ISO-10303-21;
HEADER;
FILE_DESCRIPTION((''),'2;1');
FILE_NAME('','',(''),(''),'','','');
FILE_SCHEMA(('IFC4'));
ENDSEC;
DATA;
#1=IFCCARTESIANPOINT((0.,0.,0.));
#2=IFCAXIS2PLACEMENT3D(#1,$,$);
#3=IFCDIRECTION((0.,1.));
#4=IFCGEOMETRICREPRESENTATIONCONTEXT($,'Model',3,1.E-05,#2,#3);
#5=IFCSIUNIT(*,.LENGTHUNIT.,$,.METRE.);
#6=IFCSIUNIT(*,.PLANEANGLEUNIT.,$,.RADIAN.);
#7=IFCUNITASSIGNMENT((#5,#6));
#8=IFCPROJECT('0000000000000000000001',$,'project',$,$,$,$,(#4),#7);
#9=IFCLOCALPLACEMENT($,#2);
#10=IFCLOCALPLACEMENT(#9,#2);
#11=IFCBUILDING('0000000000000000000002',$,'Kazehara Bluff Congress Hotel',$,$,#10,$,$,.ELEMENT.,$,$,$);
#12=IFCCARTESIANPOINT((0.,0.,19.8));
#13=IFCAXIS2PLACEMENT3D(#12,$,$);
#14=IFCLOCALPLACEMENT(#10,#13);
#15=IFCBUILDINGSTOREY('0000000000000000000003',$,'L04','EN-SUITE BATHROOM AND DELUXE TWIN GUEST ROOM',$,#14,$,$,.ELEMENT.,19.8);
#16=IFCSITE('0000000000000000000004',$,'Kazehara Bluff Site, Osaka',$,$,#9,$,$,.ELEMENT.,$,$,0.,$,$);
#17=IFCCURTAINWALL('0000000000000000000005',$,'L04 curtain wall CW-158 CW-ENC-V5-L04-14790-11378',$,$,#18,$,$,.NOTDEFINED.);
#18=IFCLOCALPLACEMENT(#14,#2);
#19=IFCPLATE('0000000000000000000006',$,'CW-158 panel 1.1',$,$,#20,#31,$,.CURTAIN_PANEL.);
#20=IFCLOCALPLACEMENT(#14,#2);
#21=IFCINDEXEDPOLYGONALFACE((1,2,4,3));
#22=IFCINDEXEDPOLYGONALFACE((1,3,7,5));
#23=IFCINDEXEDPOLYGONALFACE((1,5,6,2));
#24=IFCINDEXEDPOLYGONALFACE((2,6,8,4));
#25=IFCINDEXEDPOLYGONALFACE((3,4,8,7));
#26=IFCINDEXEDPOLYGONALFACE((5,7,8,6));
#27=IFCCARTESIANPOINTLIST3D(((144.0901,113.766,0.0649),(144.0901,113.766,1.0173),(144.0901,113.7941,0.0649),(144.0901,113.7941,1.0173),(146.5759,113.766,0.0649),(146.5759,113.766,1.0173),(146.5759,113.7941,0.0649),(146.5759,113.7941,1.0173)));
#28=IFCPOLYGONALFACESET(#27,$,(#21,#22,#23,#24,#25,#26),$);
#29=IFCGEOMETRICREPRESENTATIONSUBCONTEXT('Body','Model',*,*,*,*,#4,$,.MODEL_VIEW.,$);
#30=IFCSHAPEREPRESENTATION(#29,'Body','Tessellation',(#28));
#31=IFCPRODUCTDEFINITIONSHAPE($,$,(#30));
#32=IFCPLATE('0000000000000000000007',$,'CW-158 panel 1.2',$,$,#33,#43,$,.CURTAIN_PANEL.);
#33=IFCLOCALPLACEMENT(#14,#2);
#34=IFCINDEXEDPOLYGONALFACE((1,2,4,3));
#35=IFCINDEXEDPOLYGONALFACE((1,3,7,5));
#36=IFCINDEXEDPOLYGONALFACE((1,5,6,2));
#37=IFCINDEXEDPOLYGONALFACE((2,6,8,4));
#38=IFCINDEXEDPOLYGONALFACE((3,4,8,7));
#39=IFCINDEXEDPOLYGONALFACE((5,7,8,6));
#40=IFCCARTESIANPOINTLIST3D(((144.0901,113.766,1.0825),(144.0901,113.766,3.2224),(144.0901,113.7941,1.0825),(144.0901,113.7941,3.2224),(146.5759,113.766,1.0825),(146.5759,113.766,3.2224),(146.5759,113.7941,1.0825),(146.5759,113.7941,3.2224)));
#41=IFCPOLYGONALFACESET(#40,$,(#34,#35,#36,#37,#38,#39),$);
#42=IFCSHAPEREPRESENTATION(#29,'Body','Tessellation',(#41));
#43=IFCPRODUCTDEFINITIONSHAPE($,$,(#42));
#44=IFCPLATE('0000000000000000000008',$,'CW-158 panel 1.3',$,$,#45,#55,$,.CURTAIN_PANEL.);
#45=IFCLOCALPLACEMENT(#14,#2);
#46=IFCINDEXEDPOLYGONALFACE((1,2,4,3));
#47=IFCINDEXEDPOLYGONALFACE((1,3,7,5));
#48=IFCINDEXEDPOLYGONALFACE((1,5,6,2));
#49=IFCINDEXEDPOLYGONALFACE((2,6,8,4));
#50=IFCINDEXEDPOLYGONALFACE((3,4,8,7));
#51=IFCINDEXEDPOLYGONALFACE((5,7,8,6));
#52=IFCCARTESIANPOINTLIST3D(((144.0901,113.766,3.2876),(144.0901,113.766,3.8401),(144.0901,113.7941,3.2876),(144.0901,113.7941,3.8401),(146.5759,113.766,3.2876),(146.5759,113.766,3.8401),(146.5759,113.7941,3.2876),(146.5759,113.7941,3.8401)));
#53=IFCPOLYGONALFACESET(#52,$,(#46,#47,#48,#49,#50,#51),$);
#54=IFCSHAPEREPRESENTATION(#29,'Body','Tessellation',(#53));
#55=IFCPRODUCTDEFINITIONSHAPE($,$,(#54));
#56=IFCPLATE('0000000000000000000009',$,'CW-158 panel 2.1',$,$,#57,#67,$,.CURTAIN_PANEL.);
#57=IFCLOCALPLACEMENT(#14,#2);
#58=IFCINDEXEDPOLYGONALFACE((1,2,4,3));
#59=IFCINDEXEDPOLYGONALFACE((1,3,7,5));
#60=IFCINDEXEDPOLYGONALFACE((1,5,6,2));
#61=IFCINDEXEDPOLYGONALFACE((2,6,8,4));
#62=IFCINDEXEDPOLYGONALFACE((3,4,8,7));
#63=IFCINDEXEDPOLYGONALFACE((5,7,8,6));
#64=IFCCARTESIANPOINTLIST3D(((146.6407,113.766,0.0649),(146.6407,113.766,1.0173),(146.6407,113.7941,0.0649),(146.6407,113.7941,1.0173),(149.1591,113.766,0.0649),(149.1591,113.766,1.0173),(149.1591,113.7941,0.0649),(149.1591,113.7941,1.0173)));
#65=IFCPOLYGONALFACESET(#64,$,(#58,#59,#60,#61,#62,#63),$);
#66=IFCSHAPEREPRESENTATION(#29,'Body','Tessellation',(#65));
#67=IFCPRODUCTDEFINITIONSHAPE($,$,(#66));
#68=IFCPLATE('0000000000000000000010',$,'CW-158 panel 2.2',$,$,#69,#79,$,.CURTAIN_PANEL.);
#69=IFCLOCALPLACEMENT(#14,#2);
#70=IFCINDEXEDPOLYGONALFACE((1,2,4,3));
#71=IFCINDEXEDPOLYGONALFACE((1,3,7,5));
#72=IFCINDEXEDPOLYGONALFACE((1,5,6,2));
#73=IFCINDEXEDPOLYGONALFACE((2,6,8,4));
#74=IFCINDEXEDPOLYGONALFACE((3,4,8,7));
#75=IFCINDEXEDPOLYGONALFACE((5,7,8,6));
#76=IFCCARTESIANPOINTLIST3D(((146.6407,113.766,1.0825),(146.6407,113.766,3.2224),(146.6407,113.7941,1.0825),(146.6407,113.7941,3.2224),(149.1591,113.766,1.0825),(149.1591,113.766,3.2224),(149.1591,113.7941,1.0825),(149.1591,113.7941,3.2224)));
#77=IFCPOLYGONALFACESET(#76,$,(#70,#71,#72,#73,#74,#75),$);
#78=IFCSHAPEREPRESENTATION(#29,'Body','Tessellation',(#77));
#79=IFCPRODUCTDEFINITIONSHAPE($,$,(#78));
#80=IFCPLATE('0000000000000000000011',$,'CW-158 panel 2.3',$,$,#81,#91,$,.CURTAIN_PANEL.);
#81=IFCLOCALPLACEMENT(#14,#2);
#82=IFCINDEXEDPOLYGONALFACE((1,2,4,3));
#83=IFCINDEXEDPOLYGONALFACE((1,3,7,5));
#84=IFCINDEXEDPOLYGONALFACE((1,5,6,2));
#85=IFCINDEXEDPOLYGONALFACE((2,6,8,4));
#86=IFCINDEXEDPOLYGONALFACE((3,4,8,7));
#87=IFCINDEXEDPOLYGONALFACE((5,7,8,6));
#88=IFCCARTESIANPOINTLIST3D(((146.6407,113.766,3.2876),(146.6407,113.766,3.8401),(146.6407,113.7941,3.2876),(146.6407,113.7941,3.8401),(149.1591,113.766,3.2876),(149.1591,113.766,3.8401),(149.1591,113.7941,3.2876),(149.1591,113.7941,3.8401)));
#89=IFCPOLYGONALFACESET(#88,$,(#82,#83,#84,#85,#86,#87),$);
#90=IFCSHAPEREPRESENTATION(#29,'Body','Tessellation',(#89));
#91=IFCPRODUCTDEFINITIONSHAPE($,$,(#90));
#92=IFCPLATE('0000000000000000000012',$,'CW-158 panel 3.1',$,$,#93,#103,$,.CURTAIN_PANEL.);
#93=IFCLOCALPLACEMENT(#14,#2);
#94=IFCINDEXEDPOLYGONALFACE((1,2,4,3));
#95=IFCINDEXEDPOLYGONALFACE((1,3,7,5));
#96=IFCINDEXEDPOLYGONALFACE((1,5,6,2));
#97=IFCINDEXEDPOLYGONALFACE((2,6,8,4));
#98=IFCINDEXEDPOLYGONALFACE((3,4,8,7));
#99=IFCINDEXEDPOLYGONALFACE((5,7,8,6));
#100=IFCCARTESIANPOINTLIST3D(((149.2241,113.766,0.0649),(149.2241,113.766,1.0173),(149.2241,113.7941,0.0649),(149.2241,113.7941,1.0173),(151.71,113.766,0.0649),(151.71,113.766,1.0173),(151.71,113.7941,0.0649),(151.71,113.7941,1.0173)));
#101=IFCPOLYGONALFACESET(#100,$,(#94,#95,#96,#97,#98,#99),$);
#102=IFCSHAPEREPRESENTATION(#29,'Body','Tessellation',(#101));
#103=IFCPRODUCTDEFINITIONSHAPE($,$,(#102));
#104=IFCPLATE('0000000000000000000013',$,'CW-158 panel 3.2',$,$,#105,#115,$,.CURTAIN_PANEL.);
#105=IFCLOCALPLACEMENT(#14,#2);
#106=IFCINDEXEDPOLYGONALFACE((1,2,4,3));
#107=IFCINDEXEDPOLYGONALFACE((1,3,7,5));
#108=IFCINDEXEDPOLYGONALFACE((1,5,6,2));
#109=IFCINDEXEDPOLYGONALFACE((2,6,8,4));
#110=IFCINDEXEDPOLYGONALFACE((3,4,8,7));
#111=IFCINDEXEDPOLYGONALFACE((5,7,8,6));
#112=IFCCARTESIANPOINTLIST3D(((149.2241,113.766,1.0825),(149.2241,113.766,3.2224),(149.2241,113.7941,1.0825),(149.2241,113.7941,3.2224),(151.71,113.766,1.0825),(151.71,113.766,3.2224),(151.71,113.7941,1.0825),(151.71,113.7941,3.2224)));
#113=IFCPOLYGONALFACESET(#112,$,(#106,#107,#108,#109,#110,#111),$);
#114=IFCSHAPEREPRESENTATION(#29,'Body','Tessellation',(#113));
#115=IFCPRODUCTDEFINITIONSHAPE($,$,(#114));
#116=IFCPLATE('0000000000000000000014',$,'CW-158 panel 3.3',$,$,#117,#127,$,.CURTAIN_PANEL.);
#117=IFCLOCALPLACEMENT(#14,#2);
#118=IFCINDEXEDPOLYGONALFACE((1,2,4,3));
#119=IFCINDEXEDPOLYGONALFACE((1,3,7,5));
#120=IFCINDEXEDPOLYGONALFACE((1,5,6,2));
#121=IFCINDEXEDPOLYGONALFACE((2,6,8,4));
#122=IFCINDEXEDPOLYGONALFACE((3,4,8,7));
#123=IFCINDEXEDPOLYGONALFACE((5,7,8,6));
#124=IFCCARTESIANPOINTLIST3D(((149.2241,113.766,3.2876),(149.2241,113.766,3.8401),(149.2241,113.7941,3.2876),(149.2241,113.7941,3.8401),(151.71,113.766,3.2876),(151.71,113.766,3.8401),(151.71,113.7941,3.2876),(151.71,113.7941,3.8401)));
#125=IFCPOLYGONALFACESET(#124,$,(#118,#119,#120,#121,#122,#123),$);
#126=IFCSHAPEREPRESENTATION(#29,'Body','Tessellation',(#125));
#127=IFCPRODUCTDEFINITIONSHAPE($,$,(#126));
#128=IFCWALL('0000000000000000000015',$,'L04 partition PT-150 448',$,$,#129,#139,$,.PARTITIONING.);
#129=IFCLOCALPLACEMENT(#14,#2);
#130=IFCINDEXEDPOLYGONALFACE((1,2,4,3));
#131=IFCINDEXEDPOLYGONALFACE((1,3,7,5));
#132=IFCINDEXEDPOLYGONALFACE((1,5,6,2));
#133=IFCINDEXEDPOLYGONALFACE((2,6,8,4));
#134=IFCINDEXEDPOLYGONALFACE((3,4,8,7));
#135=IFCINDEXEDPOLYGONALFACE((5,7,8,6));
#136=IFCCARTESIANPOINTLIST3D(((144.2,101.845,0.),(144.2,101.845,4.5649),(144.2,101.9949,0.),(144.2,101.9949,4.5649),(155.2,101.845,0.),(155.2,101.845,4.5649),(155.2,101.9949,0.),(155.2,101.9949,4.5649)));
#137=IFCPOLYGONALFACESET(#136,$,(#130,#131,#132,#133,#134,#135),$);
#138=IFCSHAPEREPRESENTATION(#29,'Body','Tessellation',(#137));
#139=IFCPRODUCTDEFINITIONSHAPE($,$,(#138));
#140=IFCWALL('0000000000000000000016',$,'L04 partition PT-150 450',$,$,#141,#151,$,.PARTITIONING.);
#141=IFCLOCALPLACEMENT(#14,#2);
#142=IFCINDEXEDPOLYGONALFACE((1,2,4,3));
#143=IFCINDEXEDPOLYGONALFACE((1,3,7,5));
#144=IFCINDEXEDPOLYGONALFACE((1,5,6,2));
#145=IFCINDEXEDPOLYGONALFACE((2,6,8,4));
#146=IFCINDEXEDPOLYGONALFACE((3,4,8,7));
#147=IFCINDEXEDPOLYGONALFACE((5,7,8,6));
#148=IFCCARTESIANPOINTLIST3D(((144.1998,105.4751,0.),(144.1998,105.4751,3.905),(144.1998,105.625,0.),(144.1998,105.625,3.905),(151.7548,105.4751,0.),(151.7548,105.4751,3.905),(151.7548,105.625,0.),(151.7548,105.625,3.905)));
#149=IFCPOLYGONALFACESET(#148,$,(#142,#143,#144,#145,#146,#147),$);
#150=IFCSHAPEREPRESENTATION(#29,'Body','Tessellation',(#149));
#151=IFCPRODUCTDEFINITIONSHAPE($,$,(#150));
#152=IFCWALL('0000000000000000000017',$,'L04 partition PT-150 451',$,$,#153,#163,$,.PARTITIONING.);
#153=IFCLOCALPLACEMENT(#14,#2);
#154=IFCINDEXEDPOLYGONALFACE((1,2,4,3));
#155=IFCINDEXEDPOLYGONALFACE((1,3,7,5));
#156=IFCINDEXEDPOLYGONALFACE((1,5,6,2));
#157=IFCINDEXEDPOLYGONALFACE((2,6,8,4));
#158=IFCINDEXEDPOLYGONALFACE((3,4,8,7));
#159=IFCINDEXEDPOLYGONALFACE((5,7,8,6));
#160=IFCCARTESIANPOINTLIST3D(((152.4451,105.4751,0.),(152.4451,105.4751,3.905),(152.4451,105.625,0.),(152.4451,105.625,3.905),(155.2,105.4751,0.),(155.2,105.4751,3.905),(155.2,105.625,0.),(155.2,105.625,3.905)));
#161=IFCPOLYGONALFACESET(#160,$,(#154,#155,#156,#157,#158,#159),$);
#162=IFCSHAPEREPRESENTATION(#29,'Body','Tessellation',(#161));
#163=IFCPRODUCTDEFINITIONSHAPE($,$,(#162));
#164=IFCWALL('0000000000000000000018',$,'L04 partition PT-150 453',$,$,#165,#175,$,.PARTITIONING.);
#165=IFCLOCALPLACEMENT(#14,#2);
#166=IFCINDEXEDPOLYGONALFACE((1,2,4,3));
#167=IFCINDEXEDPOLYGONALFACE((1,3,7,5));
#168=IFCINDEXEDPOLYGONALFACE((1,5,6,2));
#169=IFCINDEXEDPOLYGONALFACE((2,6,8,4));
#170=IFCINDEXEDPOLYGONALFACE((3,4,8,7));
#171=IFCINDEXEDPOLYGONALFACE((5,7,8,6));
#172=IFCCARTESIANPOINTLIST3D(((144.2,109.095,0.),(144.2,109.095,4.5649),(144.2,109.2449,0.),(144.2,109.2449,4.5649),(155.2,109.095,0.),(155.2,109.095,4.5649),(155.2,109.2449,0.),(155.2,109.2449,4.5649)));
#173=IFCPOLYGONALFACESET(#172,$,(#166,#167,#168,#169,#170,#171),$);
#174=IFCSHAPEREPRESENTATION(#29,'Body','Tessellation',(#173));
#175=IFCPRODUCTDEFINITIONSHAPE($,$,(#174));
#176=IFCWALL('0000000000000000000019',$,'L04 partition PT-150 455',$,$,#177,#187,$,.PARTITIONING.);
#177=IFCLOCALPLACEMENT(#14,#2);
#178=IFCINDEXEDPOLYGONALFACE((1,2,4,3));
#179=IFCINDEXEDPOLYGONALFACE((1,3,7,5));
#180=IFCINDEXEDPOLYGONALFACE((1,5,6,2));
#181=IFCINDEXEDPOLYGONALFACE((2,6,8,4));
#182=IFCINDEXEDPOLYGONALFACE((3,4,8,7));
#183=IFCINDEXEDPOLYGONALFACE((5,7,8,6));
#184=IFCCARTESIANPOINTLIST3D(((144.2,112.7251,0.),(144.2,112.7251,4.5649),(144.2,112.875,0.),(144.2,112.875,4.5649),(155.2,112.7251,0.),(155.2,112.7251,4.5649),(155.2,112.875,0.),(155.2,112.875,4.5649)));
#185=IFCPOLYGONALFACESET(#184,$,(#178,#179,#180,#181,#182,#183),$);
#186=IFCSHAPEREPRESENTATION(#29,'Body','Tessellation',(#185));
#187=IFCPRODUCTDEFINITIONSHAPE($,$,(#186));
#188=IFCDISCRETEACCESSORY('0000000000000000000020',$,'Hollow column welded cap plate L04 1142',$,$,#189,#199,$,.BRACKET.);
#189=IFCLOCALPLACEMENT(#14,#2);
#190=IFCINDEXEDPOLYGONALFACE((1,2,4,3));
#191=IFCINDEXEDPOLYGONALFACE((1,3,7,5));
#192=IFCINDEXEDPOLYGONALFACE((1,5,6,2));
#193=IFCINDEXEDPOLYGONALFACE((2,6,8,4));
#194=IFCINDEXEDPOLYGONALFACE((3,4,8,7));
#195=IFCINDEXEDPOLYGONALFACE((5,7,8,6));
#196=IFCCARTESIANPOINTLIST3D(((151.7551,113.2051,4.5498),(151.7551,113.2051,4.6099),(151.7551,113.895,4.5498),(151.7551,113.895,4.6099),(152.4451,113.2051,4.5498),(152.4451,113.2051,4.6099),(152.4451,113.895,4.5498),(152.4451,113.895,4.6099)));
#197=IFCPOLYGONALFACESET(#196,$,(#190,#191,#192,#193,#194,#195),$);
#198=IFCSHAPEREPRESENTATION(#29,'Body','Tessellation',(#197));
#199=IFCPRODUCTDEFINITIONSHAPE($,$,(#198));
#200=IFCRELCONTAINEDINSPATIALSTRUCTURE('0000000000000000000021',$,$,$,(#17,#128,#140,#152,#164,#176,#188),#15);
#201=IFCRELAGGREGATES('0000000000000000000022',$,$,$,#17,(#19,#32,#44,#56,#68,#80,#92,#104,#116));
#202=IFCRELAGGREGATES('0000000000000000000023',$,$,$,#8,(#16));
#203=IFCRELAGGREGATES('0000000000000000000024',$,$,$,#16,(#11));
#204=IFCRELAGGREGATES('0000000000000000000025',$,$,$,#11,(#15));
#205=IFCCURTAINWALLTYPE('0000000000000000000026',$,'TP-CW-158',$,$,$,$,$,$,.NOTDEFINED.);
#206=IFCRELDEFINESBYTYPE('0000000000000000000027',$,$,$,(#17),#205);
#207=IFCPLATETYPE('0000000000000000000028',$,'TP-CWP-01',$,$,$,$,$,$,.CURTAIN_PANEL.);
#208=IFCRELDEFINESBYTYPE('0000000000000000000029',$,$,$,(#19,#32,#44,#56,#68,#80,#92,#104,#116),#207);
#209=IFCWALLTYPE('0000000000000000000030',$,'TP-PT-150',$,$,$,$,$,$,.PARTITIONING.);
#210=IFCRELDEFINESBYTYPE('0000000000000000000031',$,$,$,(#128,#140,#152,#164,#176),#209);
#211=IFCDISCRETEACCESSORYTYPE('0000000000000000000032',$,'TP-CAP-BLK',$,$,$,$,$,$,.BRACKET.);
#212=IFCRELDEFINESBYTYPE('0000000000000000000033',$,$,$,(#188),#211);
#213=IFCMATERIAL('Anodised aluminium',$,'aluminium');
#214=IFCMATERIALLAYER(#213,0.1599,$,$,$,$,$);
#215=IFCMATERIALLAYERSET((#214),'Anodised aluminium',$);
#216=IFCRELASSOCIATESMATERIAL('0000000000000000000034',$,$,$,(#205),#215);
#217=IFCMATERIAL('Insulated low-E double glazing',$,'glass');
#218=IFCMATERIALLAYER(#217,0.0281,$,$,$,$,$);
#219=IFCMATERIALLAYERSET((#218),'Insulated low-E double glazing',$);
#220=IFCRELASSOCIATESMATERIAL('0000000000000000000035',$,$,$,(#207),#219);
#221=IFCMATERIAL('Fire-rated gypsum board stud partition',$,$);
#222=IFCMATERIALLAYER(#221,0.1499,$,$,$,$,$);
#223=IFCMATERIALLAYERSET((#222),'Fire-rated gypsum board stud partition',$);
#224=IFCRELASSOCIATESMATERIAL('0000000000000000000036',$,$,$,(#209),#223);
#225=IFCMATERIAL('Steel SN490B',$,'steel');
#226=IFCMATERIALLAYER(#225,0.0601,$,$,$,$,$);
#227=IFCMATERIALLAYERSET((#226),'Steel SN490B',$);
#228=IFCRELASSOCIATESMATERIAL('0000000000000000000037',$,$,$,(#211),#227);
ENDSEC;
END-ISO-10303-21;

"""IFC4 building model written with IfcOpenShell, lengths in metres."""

from ifc_helpers import new_model, si_unit, direction, frame, frame_2d, origin, origin_2d, place, context, subcontext, project, spatial, rectangle, extrude, material, layer, layer_set, type_object, element, aggregate, save


model = new_model("IFC4")

# Units and contexts
model_context = context("Model", 3, precision=1e-05, world=origin(), true_north=direction((0.0, 1.0)))
body_context = subcontext(model_context, "Body", "Model", "MODEL_VIEW")
ifc_project = project(units=[si_unit("LENGTHUNIT", "METRE"), si_unit("PLANEANGLEUNIT", "RADIAN")], contexts=[model_context])

# Site, building, storey
site_placement = place(None, origin())
site = spatial("IfcSite", under=ifc_project, at=site_placement, Name="Kazehara Bluff Site, Osaka", CompositionType="ELEMENT", RefElevation=0.0)
building_placement = place(site_placement, origin())
building = spatial("IfcBuilding", under=site, at=building_placement, Name="Kazehara Bluff Congress Hotel", CompositionType="ELEMENT")
storey_placement = place(building_placement, frame((0.0, 0.0, 19.8)))
storey = spatial("IfcBuildingStorey", under=building, at=storey_placement, Name="L04", Description="EN-SUITE BATHROOM AND DELUXE TWIN GUEST ROOM", CompositionType="ELEMENT", Elevation=19.8)

# Curtain wall
ifc_material_1 = material(Name="Anodised aluminium", Category="aluminium")
ifc_layer_1 = layer(ifc_material_1, 0.1599)
ifc_layer_set_1 = layer_set([ifc_layer_1], Name="Anodised aluminium")
curtain_wall_type = type_object("IfcCurtainWallType", Name="TP-CW-158", PredefinedType="NOTDEFINED", material=ifc_layer_set_1)
curtain_wall_1_placement = place(storey_placement, origin())
curtain_wall_1 = element("IfcCurtainWall", 1, at=curtain_wall_1_placement, inside=storey, type_object=curtain_wall_type, Name="L04 curtain wall CW-158 CW-ENC-V5-L04-14790-11378", PredefinedType="NOTDEFINED")

# Plates
ifc_material_2 = material(Name="Insulated low-E double glazing", Category="glass")
ifc_layer_2 = layer(ifc_material_2, 0.0281)
ifc_layer_set_2 = layer_set([ifc_layer_2], Name="Insulated low-E double glazing")
plate_type = type_object("IfcPlateType", Name="TP-CWP-01", PredefinedType="CURTAIN_PANEL", material=ifc_layer_set_2)
plate_1_placement = place(storey_placement, frame((145.333, 113.78, 0.0649), z_axis=(0.0, 0.0, 1.0), x_axis=(1.0, 0.0, 0.0)))
plate_1 = element("IfcPlate", 2, at=plate_1_placement, type_object=plate_type, Name="CW-158 panel 1.1", PredefinedType="CURTAIN_PANEL", context=body_context, shape_type="SweptSolid", body=[
    extrude(rectangle(XDim=2.4858, YDim=0.0281, at=origin_2d()), origin(), (0.0, 0.0, 1.0), 0.9524),
])
plate_2_placement = place(storey_placement, frame((145.333, 113.78, 1.0825), z_axis=(0.0, 0.0, 1.0), x_axis=(1.0, 0.0, 0.0)))
plate_2 = element("IfcPlate", 3, at=plate_2_placement, type_object=plate_type, Name="CW-158 panel 1.2", PredefinedType="CURTAIN_PANEL", context=body_context, shape_type="SweptSolid", body=[
    extrude(rectangle(XDim=2.4858, YDim=0.0281, at=origin_2d()), origin(), (0.0, 0.0, 1.0), 2.1399),
])
plate_3_placement = place(storey_placement, frame((145.333, 113.78, 3.2876), z_axis=(0.0, 0.0, 1.0), x_axis=(1.0, 0.0, 0.0)))
plate_3 = element("IfcPlate", 4, at=plate_3_placement, type_object=plate_type, Name="CW-158 panel 1.3", PredefinedType="CURTAIN_PANEL", context=body_context, shape_type="SweptSolid", body=[
    extrude(rectangle(XDim=2.4858, YDim=0.0281, at=origin_2d()), origin(), (0.0, 0.0, 1.0), 0.5525),
])
plate_4_placement = place(storey_placement, frame((147.8999, 113.78, 0.0649), z_axis=(0.0, 0.0, 1.0), x_axis=(1.0, 0.0, 0.0)))
plate_4 = element("IfcPlate", 5, at=plate_4_placement, type_object=plate_type, Name="CW-158 panel 2.1", PredefinedType="CURTAIN_PANEL", context=body_context, shape_type="SweptSolid", body=[
    extrude(rectangle(XDim=2.5183, YDim=0.0281, at=origin_2d()), origin(), (0.0, 0.0, 1.0), 0.9524),
])
plate_5_placement = place(storey_placement, frame((147.8999, 113.78, 1.0825), z_axis=(0.0, 0.0, 1.0), x_axis=(1.0, 0.0, 0.0)))
plate_5 = element("IfcPlate", 6, at=plate_5_placement, type_object=plate_type, Name="CW-158 panel 2.2", PredefinedType="CURTAIN_PANEL", context=body_context, shape_type="SweptSolid", body=[
    extrude(rectangle(XDim=2.5183, YDim=0.0281, at=origin_2d()), origin(), (0.0, 0.0, 1.0), 2.1399),
])
plate_6_placement = place(storey_placement, frame((147.8999, 113.78, 3.2876), z_axis=(0.0, 0.0, 1.0), x_axis=(1.0, 0.0, 0.0)))
plate_6 = element("IfcPlate", 7, at=plate_6_placement, type_object=plate_type, Name="CW-158 panel 2.3", PredefinedType="CURTAIN_PANEL", context=body_context, shape_type="SweptSolid", body=[
    extrude(rectangle(XDim=2.5183, YDim=0.0281, at=origin_2d()), origin(), (0.0, 0.0, 1.0), 0.5525),
])
plate_7_placement = place(storey_placement, frame((150.467, 113.78, 0.0649), z_axis=(0.0, 0.0, 1.0), x_axis=(1.0, 0.0, 0.0)))
plate_7 = element("IfcPlate", 8, at=plate_7_placement, type_object=plate_type, Name="CW-158 panel 3.1", PredefinedType="CURTAIN_PANEL", context=body_context, shape_type="SweptSolid", body=[
    extrude(rectangle(XDim=2.4858, YDim=0.0281, at=origin_2d()), origin(), (0.0, 0.0, 1.0), 0.9524),
])
plate_8_placement = place(storey_placement, frame((150.467, 113.78, 1.0825), z_axis=(0.0, 0.0, 1.0), x_axis=(1.0, 0.0, 0.0)))
plate_8 = element("IfcPlate", 9, at=plate_8_placement, type_object=plate_type, Name="CW-158 panel 3.2", PredefinedType="CURTAIN_PANEL", context=body_context, shape_type="SweptSolid", body=[
    extrude(rectangle(XDim=2.4858, YDim=0.0281, at=origin_2d()), origin(), (0.0, 0.0, 1.0), 2.1399),
])
plate_9_placement = place(storey_placement, frame((150.467, 113.78, 3.2876), z_axis=(0.0, 0.0, 1.0), x_axis=(1.0, 0.0, 0.0)))
plate_9 = element("IfcPlate", 10, at=plate_9_placement, type_object=plate_type, Name="CW-158 panel 3.3", PredefinedType="CURTAIN_PANEL", context=body_context, shape_type="SweptSolid", body=[
    extrude(rectangle(XDim=2.4858, YDim=0.0281, at=origin_2d()), origin(), (0.0, 0.0, 1.0), 0.5525),
])
aggregate(curtain_wall_1, [plate_1, plate_2, plate_3, plate_4, plate_5, plate_6, plate_7, plate_8, plate_9])

# Walls
ifc_material_3 = material(Name="Fire-rated gypsum board stud partition")
ifc_layer_3 = layer(ifc_material_3, 0.1499)
ifc_layer_set_3 = layer_set([ifc_layer_3], Name="Fire-rated gypsum board stud partition")
wall_type = type_object("IfcWallType", Name="TP-PT-150", PredefinedType="PARTITIONING", material=ifc_layer_set_3)
wall_1_placement = place(storey_placement, frame((144.2, 101.9199, 0.0), z_axis=(0.0, 0.0, 1.0), x_axis=(1.0, 0.0, 0.0)))
element("IfcWall", 11, at=wall_1_placement, inside=storey, type_object=wall_type, Name="L04 partition PT-150 448", PredefinedType="PARTITIONING", context=body_context, shape_type="SweptSolid", body=[
    extrude(rectangle(XDim=11.0, YDim=0.1499, at=frame_2d((5.5, 0.0))), origin(), (0.0, 0.0, 1.0), 4.5649),
])
wall_2_placement = place(storey_placement, frame((144.2, 105.55, 0.0), z_axis=(0.0, 0.0, 1.0), x_axis=(1.0, 0.0, 0.0)))
element("IfcWall", 12, at=wall_2_placement, inside=storey, type_object=wall_type, Name="L04 partition PT-150 450", PredefinedType="PARTITIONING", context=body_context, shape_type="SweptSolid", body=[
    extrude(rectangle(XDim=7.5549, YDim=0.1499, at=frame_2d((3.7773, 0.0))), origin(), (0.0, 0.0, 1.0), 3.905),
])
wall_3_placement = place(storey_placement, frame((152.4451, 105.55, 0.0), z_axis=(0.0, 0.0, 1.0), x_axis=(1.0, 0.0, 0.0)))
element("IfcWall", 13, at=wall_3_placement, inside=storey, type_object=wall_type, Name="L04 partition PT-150 451", PredefinedType="PARTITIONING", context=body_context, shape_type="SweptSolid", body=[
    extrude(rectangle(XDim=2.7549, YDim=0.1499, at=frame_2d((1.3774, 0.0))), origin(), (0.0, 0.0, 1.0), 3.905),
])
for number, where, z_axis, x_axis, name in (
    (14, (144.2, 109.1699, 0.0), (0.0, 0.0, 1.0), (1.0, 0.0, 0.0), "L04 partition PT-150 453"),
    (15, (144.2, 112.8, 0.0), (0.0, 0.0, 1.0), (1.0, 0.0, 0.0), "L04 partition PT-150 455"),
):
    element("IfcWall", number, at=place(storey_placement, frame(where, z_axis=z_axis, x_axis=x_axis)), inside=storey, type_object=wall_type, Name=name, PredefinedType="PARTITIONING", context=body_context, shape_type="SweptSolid", body=[
        extrude(rectangle(XDim=11.0, YDim=0.1499, at=frame_2d((5.5, 0.0))), origin(), (0.0, 0.0, 1.0), 4.5649),
    ])

# Discrete accessory
ifc_material_4 = material(Name="Steel SN490B", Category="steel")
ifc_layer_4 = layer(ifc_material_4, 0.0601)
ifc_layer_set_4 = layer_set([ifc_layer_4], Name="Steel SN490B")
discrete_accessory_type = type_object("IfcDiscreteAccessoryType", Name="TP-CAP-BLK", PredefinedType="BRACKET", material=ifc_layer_set_4)
discrete_accessory_placement = place(storey_placement, frame((152.1001, 113.55, 4.5498), z_axis=(0.0, 0.0, 1.0), x_axis=(1.0, 0.0, 0.0)))
element("IfcDiscreteAccessory", 16, at=discrete_accessory_placement, inside=storey, type_object=discrete_accessory_type, Name="Hollow column welded cap plate L04 1142", PredefinedType="BRACKET", context=body_context, shape_type="SweptSolid", body=[
    extrude(rectangle(XDim=0.6899, YDim=0.6899, at=origin_2d()), origin(), (0.0, 0.0, 1.0), 0.0601),
])

save(model, "model.ifc")
